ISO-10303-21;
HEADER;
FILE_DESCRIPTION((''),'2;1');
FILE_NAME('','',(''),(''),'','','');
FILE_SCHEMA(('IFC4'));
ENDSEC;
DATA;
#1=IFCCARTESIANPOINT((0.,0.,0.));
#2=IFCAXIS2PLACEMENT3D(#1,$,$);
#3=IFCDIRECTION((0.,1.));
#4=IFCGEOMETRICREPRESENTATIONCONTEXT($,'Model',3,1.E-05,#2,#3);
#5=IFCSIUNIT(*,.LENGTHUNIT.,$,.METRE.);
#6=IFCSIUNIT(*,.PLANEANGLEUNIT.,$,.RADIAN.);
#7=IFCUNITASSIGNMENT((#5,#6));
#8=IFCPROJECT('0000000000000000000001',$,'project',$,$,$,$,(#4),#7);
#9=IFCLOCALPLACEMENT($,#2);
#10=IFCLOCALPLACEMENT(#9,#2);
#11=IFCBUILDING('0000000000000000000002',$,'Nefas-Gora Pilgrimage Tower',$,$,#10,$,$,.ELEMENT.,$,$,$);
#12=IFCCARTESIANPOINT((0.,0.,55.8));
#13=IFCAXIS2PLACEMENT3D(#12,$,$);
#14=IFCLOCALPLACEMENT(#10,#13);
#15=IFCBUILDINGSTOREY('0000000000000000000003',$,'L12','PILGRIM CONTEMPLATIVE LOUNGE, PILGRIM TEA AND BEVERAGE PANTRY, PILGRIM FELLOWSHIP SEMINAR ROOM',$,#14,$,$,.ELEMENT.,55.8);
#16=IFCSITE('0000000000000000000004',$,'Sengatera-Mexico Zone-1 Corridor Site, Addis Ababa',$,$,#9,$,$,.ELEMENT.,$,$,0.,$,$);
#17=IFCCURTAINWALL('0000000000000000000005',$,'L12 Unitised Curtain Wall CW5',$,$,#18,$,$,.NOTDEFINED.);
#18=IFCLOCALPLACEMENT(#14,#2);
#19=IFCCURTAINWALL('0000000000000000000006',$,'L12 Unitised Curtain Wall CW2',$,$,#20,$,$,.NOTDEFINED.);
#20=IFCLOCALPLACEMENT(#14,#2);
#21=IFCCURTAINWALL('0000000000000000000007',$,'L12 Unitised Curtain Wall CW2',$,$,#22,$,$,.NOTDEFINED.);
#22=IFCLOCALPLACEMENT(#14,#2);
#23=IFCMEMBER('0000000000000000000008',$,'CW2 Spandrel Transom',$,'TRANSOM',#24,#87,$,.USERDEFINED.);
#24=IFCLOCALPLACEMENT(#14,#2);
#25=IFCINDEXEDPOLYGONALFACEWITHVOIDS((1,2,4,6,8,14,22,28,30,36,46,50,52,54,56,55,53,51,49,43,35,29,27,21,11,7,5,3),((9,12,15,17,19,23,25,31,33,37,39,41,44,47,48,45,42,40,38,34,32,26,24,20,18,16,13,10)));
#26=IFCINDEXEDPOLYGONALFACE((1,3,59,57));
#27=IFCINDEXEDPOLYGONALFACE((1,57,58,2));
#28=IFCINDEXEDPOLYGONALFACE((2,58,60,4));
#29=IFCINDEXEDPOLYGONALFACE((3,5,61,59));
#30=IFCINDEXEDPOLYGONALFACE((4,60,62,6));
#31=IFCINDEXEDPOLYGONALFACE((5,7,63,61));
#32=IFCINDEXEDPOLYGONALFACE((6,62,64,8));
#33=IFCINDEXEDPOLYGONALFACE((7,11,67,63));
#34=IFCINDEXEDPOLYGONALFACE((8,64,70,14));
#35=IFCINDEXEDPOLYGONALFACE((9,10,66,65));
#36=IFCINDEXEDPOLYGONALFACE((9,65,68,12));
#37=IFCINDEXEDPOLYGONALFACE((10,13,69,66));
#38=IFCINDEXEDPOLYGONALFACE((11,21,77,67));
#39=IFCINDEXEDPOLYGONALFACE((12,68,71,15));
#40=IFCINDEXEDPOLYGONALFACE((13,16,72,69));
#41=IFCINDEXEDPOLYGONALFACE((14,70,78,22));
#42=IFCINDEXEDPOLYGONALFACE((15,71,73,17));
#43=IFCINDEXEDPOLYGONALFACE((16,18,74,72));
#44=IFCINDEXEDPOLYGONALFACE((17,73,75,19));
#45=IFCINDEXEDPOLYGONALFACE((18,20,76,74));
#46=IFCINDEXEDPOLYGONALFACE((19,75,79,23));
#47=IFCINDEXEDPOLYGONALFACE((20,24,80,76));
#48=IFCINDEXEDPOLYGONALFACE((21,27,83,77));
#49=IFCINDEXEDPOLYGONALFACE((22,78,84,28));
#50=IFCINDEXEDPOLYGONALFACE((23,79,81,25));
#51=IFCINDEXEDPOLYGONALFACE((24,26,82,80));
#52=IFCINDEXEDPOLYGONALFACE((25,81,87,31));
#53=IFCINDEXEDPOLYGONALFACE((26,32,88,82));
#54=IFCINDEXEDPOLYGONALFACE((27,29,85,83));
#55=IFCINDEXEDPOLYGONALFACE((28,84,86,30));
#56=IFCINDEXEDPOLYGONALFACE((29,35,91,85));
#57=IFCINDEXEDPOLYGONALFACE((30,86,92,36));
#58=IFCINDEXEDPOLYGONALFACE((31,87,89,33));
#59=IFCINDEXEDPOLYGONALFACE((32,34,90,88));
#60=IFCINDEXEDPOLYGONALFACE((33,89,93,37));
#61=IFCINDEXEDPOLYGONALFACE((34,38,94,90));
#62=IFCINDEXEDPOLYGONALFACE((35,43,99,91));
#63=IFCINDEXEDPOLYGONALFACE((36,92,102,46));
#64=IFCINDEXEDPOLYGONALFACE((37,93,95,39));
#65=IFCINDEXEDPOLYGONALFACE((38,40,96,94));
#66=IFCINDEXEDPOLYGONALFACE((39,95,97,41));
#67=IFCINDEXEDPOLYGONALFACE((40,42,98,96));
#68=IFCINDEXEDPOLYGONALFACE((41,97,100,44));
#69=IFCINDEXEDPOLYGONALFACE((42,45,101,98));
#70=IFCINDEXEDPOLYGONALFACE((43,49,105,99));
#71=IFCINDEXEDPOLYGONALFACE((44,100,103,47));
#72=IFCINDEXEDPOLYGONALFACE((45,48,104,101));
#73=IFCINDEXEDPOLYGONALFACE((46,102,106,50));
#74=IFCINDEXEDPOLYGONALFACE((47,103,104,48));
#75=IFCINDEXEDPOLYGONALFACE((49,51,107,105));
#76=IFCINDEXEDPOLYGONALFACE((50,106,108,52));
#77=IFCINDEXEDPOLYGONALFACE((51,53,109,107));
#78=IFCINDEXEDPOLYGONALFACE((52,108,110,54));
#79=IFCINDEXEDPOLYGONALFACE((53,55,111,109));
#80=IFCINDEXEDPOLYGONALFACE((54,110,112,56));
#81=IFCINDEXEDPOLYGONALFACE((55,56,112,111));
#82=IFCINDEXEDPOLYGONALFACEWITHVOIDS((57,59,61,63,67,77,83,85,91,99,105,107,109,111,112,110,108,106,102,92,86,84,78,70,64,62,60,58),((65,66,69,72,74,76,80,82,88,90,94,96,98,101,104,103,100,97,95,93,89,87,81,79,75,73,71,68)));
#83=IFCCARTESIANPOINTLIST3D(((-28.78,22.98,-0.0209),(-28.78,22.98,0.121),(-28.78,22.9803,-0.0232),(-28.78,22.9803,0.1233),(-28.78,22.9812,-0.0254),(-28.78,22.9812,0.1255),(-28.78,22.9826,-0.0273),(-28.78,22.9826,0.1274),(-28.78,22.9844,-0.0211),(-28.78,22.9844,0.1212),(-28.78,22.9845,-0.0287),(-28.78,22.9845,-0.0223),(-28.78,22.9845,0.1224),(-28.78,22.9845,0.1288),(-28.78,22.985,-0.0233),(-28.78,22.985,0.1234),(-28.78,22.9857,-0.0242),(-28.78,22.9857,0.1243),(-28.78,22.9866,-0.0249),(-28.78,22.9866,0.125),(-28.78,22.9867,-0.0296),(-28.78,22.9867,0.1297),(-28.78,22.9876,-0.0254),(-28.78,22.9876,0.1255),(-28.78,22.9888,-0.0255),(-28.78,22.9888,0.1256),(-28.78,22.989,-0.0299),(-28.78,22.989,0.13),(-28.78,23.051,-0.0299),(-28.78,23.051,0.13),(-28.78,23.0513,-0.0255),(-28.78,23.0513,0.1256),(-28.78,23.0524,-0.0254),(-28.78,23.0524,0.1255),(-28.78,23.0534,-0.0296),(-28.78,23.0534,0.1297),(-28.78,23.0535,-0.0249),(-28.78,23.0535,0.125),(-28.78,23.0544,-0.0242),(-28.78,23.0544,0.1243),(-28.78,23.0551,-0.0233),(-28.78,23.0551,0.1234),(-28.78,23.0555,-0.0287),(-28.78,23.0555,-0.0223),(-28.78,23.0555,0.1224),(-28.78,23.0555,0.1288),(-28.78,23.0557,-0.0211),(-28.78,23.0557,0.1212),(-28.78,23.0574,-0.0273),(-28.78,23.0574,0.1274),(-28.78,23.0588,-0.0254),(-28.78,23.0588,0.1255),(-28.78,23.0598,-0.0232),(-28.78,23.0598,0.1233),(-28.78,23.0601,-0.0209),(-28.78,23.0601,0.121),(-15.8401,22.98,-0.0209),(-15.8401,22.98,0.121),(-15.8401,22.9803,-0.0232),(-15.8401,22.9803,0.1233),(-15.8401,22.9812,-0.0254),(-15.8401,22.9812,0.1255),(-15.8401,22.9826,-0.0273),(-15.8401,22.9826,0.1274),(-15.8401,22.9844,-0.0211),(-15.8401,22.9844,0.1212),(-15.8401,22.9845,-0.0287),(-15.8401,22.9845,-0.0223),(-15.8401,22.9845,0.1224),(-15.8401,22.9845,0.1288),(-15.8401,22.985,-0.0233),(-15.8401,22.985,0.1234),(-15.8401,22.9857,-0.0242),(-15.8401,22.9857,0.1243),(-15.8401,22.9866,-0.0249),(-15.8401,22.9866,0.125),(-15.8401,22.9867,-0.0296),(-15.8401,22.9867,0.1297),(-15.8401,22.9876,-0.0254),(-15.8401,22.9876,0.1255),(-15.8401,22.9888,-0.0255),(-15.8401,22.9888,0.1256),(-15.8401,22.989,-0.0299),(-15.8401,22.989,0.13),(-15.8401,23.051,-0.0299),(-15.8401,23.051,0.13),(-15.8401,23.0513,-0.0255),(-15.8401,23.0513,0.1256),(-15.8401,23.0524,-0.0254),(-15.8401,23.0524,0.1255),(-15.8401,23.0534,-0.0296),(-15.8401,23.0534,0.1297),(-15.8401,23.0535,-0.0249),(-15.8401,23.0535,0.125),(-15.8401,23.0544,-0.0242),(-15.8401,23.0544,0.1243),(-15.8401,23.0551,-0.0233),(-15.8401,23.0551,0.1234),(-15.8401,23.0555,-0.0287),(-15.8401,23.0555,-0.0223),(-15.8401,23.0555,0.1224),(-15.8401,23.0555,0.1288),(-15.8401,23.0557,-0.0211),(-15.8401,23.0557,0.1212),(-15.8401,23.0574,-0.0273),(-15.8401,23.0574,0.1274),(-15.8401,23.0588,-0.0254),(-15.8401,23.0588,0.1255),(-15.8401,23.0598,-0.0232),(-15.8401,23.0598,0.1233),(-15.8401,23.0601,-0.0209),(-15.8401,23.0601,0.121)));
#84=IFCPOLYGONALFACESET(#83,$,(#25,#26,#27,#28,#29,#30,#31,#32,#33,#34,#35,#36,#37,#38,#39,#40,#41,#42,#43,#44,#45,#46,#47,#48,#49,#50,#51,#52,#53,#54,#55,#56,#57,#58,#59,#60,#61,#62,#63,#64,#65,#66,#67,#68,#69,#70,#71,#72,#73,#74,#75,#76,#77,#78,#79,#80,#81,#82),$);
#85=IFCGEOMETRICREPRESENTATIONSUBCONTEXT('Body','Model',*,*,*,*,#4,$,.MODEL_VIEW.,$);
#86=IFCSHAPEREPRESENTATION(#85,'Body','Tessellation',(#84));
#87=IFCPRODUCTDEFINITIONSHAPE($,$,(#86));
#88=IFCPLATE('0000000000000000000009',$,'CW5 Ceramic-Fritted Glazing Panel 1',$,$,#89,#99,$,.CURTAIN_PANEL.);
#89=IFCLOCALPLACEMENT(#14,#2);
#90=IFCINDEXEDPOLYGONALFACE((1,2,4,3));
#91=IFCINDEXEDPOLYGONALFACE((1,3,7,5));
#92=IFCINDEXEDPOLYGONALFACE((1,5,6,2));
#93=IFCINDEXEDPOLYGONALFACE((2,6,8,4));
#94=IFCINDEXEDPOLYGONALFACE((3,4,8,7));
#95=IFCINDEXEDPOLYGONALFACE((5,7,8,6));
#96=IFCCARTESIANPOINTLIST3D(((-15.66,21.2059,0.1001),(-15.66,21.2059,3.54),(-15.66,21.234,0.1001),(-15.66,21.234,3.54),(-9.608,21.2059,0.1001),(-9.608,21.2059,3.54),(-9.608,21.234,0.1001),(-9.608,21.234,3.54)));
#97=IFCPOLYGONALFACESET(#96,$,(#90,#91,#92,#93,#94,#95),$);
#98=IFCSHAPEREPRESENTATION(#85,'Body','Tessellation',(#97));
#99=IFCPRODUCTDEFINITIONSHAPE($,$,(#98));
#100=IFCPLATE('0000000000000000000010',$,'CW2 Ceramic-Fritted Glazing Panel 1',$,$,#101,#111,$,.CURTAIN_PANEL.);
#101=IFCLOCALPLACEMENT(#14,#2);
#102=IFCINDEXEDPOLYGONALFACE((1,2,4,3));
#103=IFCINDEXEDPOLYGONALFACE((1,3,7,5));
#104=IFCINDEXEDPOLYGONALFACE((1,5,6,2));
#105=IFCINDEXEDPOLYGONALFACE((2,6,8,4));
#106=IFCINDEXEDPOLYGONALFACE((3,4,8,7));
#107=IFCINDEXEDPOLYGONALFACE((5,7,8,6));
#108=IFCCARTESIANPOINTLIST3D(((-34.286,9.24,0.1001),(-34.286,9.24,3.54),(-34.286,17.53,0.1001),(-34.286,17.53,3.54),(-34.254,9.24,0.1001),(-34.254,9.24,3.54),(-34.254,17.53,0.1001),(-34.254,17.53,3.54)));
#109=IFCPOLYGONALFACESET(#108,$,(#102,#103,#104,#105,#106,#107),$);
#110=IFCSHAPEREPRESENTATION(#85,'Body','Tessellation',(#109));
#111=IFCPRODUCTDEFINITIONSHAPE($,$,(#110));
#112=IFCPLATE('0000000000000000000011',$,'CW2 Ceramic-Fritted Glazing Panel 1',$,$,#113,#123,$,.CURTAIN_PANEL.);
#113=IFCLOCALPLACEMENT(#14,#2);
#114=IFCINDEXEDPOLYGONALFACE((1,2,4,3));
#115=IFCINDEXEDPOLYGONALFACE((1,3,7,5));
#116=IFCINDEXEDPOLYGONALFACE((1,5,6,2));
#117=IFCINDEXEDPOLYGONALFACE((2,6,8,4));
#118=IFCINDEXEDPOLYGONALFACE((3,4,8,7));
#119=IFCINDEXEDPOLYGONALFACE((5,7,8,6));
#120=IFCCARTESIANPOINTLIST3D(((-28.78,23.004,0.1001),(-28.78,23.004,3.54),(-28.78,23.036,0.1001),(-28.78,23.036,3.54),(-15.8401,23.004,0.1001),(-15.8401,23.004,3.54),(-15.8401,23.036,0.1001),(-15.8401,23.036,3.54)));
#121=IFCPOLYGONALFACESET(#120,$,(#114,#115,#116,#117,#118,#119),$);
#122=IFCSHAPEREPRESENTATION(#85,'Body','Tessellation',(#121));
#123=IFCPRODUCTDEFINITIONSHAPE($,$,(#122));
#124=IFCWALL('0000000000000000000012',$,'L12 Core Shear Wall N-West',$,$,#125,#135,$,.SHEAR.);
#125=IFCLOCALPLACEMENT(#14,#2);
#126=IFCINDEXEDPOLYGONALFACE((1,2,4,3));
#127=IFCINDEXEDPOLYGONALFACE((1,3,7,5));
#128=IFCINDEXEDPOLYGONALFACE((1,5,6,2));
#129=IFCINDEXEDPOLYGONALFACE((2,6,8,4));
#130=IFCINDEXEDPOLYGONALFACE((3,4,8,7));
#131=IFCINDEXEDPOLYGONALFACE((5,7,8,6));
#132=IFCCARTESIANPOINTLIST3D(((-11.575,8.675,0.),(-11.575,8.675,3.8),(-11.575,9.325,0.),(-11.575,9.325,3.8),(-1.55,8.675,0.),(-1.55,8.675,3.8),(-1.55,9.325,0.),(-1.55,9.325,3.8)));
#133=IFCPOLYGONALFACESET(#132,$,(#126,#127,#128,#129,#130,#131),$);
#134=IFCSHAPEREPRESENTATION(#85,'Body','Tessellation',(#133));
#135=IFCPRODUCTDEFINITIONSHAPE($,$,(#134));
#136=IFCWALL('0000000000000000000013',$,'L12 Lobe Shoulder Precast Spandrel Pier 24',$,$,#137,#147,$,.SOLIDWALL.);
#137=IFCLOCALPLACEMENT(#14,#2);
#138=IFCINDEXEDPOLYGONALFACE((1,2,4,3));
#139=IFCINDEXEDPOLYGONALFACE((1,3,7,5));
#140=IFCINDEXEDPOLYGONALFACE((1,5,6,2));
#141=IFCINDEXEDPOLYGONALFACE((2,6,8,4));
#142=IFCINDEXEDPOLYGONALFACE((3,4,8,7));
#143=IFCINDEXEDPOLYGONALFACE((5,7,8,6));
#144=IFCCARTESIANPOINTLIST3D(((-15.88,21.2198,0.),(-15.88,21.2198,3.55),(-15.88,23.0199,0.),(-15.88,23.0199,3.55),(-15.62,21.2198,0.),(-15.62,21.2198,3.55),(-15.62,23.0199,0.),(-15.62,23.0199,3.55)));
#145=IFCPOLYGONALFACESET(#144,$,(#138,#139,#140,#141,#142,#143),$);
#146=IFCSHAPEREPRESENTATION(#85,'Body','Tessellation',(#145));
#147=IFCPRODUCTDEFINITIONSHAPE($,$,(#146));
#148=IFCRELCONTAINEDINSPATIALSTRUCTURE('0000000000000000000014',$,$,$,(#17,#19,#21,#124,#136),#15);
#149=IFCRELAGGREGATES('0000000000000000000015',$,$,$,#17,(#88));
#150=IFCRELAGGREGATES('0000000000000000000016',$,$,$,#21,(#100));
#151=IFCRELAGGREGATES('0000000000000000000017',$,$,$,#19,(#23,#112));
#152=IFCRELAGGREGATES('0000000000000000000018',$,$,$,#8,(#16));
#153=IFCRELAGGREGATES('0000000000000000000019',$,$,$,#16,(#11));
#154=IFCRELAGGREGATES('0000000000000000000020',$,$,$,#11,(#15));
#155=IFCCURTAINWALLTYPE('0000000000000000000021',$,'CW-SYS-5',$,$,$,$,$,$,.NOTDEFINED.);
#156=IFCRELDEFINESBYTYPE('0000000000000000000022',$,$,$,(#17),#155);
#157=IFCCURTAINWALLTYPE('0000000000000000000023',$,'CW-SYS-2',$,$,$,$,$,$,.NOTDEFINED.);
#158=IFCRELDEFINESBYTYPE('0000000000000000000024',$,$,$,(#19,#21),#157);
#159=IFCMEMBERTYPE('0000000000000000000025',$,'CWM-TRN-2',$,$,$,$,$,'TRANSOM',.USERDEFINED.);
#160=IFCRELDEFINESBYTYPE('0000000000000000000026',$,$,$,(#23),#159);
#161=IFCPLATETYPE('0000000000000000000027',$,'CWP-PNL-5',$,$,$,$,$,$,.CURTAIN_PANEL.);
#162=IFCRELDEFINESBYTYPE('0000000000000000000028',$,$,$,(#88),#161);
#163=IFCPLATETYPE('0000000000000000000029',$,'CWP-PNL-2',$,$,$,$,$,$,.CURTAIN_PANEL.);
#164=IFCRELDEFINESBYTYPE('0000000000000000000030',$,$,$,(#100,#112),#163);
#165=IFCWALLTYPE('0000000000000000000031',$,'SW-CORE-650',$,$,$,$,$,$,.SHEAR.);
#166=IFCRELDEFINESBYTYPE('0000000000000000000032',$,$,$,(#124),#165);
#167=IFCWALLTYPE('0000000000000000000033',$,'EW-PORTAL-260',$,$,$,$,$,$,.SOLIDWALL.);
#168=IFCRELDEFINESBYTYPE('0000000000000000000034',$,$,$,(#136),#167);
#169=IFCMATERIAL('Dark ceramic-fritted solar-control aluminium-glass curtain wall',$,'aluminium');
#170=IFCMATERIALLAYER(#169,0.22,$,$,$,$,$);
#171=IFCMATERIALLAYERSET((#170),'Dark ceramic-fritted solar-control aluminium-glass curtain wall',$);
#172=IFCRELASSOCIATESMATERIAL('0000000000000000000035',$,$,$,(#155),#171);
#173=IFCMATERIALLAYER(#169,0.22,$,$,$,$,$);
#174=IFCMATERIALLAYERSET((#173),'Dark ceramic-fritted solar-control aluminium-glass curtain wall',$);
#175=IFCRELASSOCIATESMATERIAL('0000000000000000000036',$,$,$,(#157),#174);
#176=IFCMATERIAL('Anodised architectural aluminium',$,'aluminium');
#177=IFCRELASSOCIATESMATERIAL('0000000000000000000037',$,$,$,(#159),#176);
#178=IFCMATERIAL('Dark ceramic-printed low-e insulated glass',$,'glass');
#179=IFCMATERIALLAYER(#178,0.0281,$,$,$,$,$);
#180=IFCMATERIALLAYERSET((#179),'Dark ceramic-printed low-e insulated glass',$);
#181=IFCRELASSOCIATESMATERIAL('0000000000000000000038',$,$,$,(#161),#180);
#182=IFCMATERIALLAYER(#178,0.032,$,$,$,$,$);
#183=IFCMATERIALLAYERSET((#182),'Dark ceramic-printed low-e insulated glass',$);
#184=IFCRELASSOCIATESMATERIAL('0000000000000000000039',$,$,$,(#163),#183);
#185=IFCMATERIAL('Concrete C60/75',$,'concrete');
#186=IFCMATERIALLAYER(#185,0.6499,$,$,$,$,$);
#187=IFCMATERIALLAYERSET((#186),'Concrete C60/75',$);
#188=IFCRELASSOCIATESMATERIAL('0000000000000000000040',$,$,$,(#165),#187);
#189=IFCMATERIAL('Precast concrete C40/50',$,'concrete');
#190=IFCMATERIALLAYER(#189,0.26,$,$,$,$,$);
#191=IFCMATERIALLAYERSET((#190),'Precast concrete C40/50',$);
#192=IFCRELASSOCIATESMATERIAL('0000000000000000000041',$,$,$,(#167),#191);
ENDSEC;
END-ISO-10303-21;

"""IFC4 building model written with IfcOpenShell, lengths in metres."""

from ifc_helpers import new_model, si_unit, direction, frame, frame_2d, origin, origin_2d, place, context, subcontext, project, spatial, rectangle, hollow_rectangle, extrude, source, transform, mapped, material, layer, layer_set, material_profile, profile_set, type_object, element, aggregate, save


model = new_model("IFC4")

# Units and contexts
model_context = context("Model", 3, precision=1e-05, world=origin(), true_north=direction((0.0, 1.0)))
body_context = subcontext(model_context, "Body", "Model", "MODEL_VIEW")
ifc_project = project(units=[si_unit("LENGTHUNIT", "METRE"), si_unit("PLANEANGLEUNIT", "RADIAN")], contexts=[model_context])

# Site, building, storey
site_placement = place(None, origin())
site = spatial("IfcSite", under=ifc_project, at=site_placement, Name="Sengatera-Mexico Zone-1 Corridor Site, Addis Ababa", CompositionType="ELEMENT", RefElevation=0.0)
building_placement = place(site_placement, origin())
building = spatial("IfcBuilding", under=site, at=building_placement, Name="Nefas-Gora Pilgrimage Tower", CompositionType="ELEMENT")
storey_placement = place(building_placement, frame((0.0, 0.0, 55.8)))
storey = spatial("IfcBuildingStorey", under=building, at=storey_placement, Name="L12", Description="PILGRIM CONTEMPLATIVE LOUNGE, PILGRIM TEA AND BEVERAGE PANTRY, PILGRIM FELLOWSHIP SEMINAR ROOM", CompositionType="ELEMENT", Elevation=55.8)

# Curtain wall
ifc_material_1 = material(Name="Dark ceramic-fritted solar-control aluminium-glass curtain wall", Category="aluminium")
ifc_layer_1 = layer(ifc_material_1, 0.22)
ifc_layer_set_1 = layer_set([ifc_layer_1], Name="Dark ceramic-fritted solar-control aluminium-glass curtain wall")
curtain_wall_type_1 = type_object("IfcCurtainWallType", Name="CW-SYS-5", PredefinedType="NOTDEFINED", material=ifc_layer_set_1)
curtain_wall_1_placement = place(storey_placement, origin())
curtain_wall_1 = element("IfcCurtainWall", 1, at=curtain_wall_1_placement, inside=storey, type_object=curtain_wall_type_1, Name="L12 Unitised Curtain Wall CW5", PredefinedType="NOTDEFINED")
ifc_material_2 = material(Name="Anodised architectural aluminium", Category="aluminium")

# Curtain walls
ifc_layer_2 = layer(ifc_material_1, 0.22)
ifc_layer_set_2 = layer_set([ifc_layer_2], Name="Dark ceramic-fritted solar-control aluminium-glass curtain wall")
curtain_wall_type_2 = type_object("IfcCurtainWallType", Name="CW-SYS-2", PredefinedType="NOTDEFINED", material=ifc_layer_set_2)
curtain_wall_2_placement = place(storey_placement, origin())
curtain_wall_2 = element("IfcCurtainWall", 2, at=curtain_wall_2_placement, inside=storey, type_object=curtain_wall_type_2, Name="L12 Unitised Curtain Wall CW2", PredefinedType="NOTDEFINED")
curtain_wall_3_placement = place(storey_placement, origin())
curtain_wall_3 = element("IfcCurtainWall", 3, at=curtain_wall_3_placement, inside=storey, type_object=curtain_wall_type_2, Name="L12 Unitised Curtain Wall CW2", PredefinedType="NOTDEFINED")
ifc_material_profile_1 = material_profile(ifc_material_2, hollow_rectangle(XDim=0.0801, YDim=0.1599, WallThickness=0.0044, InnerFilletRadius=0.0044, OuterFilletRadius=0.009, at=origin_2d()), Name="ALU TRANSOM 80x160")
ifc_profile_set_1 = profile_set([ifc_material_profile_1], Name="Anodised architectural aluminium")
member_type_1 = type_object("IfcMemberType", Name="CWM-TRN-2", ElementType="TRANSOM", PredefinedType="USERDEFINED", material=ifc_profile_set_1)

# Member
shared_shape_1 = source(origin(), body_context, "Body", "SweptSolid", [
    extrude(hollow_rectangle(XDim=0.0801, YDim=0.1599, WallThickness=0.0044, InnerFilletRadius=0.0044, OuterFilletRadius=0.009, at=origin_2d()), origin(), (0.0, 0.0, 1.0), 12.9399),
])
member_1_placement = place(storey_placement, frame((-15.8401, 23.02, 0.05), z_axis=(-1.0, 0.0, 0.0), x_axis=(0.0, -1.0, 0.0)))
member_1 = element("IfcMember", 4, at=member_1_placement, type_object=member_type_1, Name="CW2 Spandrel Transom", ObjectType="TRANSOM", PredefinedType="USERDEFINED", context=body_context, shape_type="MappedRepresentation", body=[
    mapped(shared_shape_1, transform((0.0, 0.0, 0.0), x_axis=(1.0, 0.0, 0.0), y_axis=(0.0, 1.0, 0.0), z_axis=(0.0, 0.0, 1.0), scale=1.0)),
])

# Plates
ifc_material_3 = material(Name="Dark ceramic-printed low-e insulated glass", Category="glass")
ifc_layer_3 = layer(ifc_material_3, 0.0281)
ifc_layer_set_3 = layer_set([ifc_layer_3], Name="Dark ceramic-printed low-e insulated glass")
plate_type_1 = type_object("IfcPlateType", Name="CWP-PNL-5", PredefinedType="CURTAIN_PANEL", material=ifc_layer_set_3)
shared_shape_2 = source(origin(), body_context, "Body", "SweptSolid", [
    extrude(rectangle(XDim=6.052, YDim=0.0281, at=origin_2d()), origin(), (0.0, 0.0, 1.0), 3.4399),
])
plate_1_placement = place(storey_placement, frame((-12.634, 21.22, 0.1001), z_axis=(0.0, 0.0, 1.0), x_axis=(-1.0, 0.0, 0.0)))
plate_1 = element("IfcPlate", 5, at=plate_1_placement, type_object=plate_type_1, Name="CW5 Ceramic-Fritted Glazing Panel 1", PredefinedType="CURTAIN_PANEL", context=body_context, shape_type="MappedRepresentation", body=[
    mapped(shared_shape_2, transform((0.0, 0.0, 0.0), x_axis=(1.0, 0.0, 0.0), y_axis=(0.0, 1.0, 0.0), z_axis=(0.0, 0.0, 1.0), scale=1.0)),
])
aggregate(curtain_wall_1, [plate_1])
ifc_layer_4 = layer(ifc_material_3, 0.032)
ifc_layer_set_4 = layer_set([ifc_layer_4], Name="Dark ceramic-printed low-e insulated glass")
plate_type_2 = type_object("IfcPlateType", Name="CWP-PNL-2", PredefinedType="CURTAIN_PANEL", material=ifc_layer_set_4)
shared_shape_3 = source(origin(), body_context, "Body", "SweptSolid", [
    extrude(rectangle(XDim=8.29, YDim=0.032, at=origin_2d()), origin(), (0.0, 0.0, 1.0), 3.4399),
])
plate_2_placement = place(storey_placement, frame((-34.27, 13.385, 0.1001), z_axis=(0.0, 0.0, 1.0), x_axis=(0.0, -1.0, 0.0)))
plate_2 = element("IfcPlate", 6, at=plate_2_placement, type_object=plate_type_2, Name="CW2 Ceramic-Fritted Glazing Panel 1", PredefinedType="CURTAIN_PANEL", context=body_context, shape_type="MappedRepresentation", body=[
    mapped(shared_shape_3, transform((0.0, 0.0, 0.0), x_axis=(1.0, 0.0, 0.0), y_axis=(0.0, 1.0, 0.0), z_axis=(0.0, 0.0, 1.0), scale=1.0)),
])
aggregate(curtain_wall_3, [plate_2])
shared_shape_4 = source(origin(), body_context, "Body", "SweptSolid", [
    extrude(rectangle(XDim=12.9399, YDim=0.032, at=origin_2d()), origin(), (0.0, 0.0, 1.0), 3.4399),
])
plate_3_placement = place(storey_placement, frame((-22.3101, 23.02, 0.1001), z_axis=(0.0, 0.0, 1.0), x_axis=(-1.0, 0.0, 0.0)))
plate_3 = element("IfcPlate", 7, at=plate_3_placement, type_object=plate_type_2, Name="CW2 Ceramic-Fritted Glazing Panel 1", PredefinedType="CURTAIN_PANEL", context=body_context, shape_type="MappedRepresentation", body=[
    mapped(shared_shape_4, transform((0.0, 0.0, 0.0), x_axis=(1.0, 0.0, 0.0), y_axis=(0.0, 1.0, 0.0), z_axis=(0.0, 0.0, 1.0), scale=1.0)),
])
aggregate(curtain_wall_2, [member_1, plate_3])

# Walls
ifc_material_4 = material(Name="Concrete C60/75", Category="concrete")
ifc_layer_5 = layer(ifc_material_4, 0.6499)
ifc_layer_set_5 = layer_set([ifc_layer_5], Name="Concrete C60/75")
wall_type_1 = type_object("IfcWallType", Name="SW-CORE-650", PredefinedType="SHEAR", material=ifc_layer_set_5)
shared_shape_5 = source(origin(), body_context, "Body", "SweptSolid", [
    extrude(rectangle(XDim=10.0249, YDim=0.6499, at=frame_2d((5.0125, 0.0))), origin(), (0.0, 0.0, 1.0), 3.8),
])
wall_1_placement = place(storey_placement, frame((-11.575, 9.0, 0.0), z_axis=(0.0, 0.0, 1.0), x_axis=(1.0, 0.0, 0.0)))
element("IfcWall", 8, at=wall_1_placement, inside=storey, type_object=wall_type_1, Name="L12 Core Shear Wall N-West", PredefinedType="SHEAR", context=body_context, shape_type="MappedRepresentation", body=[
    mapped(shared_shape_5, transform((0.0, 0.0, 0.0), x_axis=(1.0, 0.0, 0.0), y_axis=(0.0, 1.0, 0.0), z_axis=(0.0, 0.0, 1.0), scale=1.0)),
])
ifc_material_5 = material(Name="Precast concrete C40/50", Category="concrete")
ifc_layer_6 = layer(ifc_material_5, 0.26)
ifc_layer_set_6 = layer_set([ifc_layer_6], Name="Precast concrete C40/50")
wall_type_2 = type_object("IfcWallType", Name="EW-PORTAL-260", PredefinedType="SOLIDWALL", material=ifc_layer_set_6)
shared_shape_6 = source(origin(), body_context, "Body", "SweptSolid", [
    extrude(rectangle(XDim=1.8, YDim=0.26, at=frame_2d((0.8999, 0.0))), origin(), (0.0, 0.0, 1.0), 3.55),
])
wall_2_placement = place(storey_placement, frame((-15.75, 21.22, 0.0), z_axis=(0.0, 0.0, 1.0), x_axis=(0.0, 1.0, 0.0)))
element("IfcWall", 9, at=wall_2_placement, inside=storey, type_object=wall_type_2, Name="L12 Lobe Shoulder Precast Spandrel Pier 24", PredefinedType="SOLIDWALL", context=body_context, shape_type="MappedRepresentation", body=[
    mapped(shared_shape_6, transform((0.0, 0.0, 0.0), x_axis=(1.0, 0.0, 0.0), y_axis=(0.0, 1.0, 0.0), z_axis=(0.0, 0.0, 1.0), scale=1.0)),
])

save(model, "model.ifc")
